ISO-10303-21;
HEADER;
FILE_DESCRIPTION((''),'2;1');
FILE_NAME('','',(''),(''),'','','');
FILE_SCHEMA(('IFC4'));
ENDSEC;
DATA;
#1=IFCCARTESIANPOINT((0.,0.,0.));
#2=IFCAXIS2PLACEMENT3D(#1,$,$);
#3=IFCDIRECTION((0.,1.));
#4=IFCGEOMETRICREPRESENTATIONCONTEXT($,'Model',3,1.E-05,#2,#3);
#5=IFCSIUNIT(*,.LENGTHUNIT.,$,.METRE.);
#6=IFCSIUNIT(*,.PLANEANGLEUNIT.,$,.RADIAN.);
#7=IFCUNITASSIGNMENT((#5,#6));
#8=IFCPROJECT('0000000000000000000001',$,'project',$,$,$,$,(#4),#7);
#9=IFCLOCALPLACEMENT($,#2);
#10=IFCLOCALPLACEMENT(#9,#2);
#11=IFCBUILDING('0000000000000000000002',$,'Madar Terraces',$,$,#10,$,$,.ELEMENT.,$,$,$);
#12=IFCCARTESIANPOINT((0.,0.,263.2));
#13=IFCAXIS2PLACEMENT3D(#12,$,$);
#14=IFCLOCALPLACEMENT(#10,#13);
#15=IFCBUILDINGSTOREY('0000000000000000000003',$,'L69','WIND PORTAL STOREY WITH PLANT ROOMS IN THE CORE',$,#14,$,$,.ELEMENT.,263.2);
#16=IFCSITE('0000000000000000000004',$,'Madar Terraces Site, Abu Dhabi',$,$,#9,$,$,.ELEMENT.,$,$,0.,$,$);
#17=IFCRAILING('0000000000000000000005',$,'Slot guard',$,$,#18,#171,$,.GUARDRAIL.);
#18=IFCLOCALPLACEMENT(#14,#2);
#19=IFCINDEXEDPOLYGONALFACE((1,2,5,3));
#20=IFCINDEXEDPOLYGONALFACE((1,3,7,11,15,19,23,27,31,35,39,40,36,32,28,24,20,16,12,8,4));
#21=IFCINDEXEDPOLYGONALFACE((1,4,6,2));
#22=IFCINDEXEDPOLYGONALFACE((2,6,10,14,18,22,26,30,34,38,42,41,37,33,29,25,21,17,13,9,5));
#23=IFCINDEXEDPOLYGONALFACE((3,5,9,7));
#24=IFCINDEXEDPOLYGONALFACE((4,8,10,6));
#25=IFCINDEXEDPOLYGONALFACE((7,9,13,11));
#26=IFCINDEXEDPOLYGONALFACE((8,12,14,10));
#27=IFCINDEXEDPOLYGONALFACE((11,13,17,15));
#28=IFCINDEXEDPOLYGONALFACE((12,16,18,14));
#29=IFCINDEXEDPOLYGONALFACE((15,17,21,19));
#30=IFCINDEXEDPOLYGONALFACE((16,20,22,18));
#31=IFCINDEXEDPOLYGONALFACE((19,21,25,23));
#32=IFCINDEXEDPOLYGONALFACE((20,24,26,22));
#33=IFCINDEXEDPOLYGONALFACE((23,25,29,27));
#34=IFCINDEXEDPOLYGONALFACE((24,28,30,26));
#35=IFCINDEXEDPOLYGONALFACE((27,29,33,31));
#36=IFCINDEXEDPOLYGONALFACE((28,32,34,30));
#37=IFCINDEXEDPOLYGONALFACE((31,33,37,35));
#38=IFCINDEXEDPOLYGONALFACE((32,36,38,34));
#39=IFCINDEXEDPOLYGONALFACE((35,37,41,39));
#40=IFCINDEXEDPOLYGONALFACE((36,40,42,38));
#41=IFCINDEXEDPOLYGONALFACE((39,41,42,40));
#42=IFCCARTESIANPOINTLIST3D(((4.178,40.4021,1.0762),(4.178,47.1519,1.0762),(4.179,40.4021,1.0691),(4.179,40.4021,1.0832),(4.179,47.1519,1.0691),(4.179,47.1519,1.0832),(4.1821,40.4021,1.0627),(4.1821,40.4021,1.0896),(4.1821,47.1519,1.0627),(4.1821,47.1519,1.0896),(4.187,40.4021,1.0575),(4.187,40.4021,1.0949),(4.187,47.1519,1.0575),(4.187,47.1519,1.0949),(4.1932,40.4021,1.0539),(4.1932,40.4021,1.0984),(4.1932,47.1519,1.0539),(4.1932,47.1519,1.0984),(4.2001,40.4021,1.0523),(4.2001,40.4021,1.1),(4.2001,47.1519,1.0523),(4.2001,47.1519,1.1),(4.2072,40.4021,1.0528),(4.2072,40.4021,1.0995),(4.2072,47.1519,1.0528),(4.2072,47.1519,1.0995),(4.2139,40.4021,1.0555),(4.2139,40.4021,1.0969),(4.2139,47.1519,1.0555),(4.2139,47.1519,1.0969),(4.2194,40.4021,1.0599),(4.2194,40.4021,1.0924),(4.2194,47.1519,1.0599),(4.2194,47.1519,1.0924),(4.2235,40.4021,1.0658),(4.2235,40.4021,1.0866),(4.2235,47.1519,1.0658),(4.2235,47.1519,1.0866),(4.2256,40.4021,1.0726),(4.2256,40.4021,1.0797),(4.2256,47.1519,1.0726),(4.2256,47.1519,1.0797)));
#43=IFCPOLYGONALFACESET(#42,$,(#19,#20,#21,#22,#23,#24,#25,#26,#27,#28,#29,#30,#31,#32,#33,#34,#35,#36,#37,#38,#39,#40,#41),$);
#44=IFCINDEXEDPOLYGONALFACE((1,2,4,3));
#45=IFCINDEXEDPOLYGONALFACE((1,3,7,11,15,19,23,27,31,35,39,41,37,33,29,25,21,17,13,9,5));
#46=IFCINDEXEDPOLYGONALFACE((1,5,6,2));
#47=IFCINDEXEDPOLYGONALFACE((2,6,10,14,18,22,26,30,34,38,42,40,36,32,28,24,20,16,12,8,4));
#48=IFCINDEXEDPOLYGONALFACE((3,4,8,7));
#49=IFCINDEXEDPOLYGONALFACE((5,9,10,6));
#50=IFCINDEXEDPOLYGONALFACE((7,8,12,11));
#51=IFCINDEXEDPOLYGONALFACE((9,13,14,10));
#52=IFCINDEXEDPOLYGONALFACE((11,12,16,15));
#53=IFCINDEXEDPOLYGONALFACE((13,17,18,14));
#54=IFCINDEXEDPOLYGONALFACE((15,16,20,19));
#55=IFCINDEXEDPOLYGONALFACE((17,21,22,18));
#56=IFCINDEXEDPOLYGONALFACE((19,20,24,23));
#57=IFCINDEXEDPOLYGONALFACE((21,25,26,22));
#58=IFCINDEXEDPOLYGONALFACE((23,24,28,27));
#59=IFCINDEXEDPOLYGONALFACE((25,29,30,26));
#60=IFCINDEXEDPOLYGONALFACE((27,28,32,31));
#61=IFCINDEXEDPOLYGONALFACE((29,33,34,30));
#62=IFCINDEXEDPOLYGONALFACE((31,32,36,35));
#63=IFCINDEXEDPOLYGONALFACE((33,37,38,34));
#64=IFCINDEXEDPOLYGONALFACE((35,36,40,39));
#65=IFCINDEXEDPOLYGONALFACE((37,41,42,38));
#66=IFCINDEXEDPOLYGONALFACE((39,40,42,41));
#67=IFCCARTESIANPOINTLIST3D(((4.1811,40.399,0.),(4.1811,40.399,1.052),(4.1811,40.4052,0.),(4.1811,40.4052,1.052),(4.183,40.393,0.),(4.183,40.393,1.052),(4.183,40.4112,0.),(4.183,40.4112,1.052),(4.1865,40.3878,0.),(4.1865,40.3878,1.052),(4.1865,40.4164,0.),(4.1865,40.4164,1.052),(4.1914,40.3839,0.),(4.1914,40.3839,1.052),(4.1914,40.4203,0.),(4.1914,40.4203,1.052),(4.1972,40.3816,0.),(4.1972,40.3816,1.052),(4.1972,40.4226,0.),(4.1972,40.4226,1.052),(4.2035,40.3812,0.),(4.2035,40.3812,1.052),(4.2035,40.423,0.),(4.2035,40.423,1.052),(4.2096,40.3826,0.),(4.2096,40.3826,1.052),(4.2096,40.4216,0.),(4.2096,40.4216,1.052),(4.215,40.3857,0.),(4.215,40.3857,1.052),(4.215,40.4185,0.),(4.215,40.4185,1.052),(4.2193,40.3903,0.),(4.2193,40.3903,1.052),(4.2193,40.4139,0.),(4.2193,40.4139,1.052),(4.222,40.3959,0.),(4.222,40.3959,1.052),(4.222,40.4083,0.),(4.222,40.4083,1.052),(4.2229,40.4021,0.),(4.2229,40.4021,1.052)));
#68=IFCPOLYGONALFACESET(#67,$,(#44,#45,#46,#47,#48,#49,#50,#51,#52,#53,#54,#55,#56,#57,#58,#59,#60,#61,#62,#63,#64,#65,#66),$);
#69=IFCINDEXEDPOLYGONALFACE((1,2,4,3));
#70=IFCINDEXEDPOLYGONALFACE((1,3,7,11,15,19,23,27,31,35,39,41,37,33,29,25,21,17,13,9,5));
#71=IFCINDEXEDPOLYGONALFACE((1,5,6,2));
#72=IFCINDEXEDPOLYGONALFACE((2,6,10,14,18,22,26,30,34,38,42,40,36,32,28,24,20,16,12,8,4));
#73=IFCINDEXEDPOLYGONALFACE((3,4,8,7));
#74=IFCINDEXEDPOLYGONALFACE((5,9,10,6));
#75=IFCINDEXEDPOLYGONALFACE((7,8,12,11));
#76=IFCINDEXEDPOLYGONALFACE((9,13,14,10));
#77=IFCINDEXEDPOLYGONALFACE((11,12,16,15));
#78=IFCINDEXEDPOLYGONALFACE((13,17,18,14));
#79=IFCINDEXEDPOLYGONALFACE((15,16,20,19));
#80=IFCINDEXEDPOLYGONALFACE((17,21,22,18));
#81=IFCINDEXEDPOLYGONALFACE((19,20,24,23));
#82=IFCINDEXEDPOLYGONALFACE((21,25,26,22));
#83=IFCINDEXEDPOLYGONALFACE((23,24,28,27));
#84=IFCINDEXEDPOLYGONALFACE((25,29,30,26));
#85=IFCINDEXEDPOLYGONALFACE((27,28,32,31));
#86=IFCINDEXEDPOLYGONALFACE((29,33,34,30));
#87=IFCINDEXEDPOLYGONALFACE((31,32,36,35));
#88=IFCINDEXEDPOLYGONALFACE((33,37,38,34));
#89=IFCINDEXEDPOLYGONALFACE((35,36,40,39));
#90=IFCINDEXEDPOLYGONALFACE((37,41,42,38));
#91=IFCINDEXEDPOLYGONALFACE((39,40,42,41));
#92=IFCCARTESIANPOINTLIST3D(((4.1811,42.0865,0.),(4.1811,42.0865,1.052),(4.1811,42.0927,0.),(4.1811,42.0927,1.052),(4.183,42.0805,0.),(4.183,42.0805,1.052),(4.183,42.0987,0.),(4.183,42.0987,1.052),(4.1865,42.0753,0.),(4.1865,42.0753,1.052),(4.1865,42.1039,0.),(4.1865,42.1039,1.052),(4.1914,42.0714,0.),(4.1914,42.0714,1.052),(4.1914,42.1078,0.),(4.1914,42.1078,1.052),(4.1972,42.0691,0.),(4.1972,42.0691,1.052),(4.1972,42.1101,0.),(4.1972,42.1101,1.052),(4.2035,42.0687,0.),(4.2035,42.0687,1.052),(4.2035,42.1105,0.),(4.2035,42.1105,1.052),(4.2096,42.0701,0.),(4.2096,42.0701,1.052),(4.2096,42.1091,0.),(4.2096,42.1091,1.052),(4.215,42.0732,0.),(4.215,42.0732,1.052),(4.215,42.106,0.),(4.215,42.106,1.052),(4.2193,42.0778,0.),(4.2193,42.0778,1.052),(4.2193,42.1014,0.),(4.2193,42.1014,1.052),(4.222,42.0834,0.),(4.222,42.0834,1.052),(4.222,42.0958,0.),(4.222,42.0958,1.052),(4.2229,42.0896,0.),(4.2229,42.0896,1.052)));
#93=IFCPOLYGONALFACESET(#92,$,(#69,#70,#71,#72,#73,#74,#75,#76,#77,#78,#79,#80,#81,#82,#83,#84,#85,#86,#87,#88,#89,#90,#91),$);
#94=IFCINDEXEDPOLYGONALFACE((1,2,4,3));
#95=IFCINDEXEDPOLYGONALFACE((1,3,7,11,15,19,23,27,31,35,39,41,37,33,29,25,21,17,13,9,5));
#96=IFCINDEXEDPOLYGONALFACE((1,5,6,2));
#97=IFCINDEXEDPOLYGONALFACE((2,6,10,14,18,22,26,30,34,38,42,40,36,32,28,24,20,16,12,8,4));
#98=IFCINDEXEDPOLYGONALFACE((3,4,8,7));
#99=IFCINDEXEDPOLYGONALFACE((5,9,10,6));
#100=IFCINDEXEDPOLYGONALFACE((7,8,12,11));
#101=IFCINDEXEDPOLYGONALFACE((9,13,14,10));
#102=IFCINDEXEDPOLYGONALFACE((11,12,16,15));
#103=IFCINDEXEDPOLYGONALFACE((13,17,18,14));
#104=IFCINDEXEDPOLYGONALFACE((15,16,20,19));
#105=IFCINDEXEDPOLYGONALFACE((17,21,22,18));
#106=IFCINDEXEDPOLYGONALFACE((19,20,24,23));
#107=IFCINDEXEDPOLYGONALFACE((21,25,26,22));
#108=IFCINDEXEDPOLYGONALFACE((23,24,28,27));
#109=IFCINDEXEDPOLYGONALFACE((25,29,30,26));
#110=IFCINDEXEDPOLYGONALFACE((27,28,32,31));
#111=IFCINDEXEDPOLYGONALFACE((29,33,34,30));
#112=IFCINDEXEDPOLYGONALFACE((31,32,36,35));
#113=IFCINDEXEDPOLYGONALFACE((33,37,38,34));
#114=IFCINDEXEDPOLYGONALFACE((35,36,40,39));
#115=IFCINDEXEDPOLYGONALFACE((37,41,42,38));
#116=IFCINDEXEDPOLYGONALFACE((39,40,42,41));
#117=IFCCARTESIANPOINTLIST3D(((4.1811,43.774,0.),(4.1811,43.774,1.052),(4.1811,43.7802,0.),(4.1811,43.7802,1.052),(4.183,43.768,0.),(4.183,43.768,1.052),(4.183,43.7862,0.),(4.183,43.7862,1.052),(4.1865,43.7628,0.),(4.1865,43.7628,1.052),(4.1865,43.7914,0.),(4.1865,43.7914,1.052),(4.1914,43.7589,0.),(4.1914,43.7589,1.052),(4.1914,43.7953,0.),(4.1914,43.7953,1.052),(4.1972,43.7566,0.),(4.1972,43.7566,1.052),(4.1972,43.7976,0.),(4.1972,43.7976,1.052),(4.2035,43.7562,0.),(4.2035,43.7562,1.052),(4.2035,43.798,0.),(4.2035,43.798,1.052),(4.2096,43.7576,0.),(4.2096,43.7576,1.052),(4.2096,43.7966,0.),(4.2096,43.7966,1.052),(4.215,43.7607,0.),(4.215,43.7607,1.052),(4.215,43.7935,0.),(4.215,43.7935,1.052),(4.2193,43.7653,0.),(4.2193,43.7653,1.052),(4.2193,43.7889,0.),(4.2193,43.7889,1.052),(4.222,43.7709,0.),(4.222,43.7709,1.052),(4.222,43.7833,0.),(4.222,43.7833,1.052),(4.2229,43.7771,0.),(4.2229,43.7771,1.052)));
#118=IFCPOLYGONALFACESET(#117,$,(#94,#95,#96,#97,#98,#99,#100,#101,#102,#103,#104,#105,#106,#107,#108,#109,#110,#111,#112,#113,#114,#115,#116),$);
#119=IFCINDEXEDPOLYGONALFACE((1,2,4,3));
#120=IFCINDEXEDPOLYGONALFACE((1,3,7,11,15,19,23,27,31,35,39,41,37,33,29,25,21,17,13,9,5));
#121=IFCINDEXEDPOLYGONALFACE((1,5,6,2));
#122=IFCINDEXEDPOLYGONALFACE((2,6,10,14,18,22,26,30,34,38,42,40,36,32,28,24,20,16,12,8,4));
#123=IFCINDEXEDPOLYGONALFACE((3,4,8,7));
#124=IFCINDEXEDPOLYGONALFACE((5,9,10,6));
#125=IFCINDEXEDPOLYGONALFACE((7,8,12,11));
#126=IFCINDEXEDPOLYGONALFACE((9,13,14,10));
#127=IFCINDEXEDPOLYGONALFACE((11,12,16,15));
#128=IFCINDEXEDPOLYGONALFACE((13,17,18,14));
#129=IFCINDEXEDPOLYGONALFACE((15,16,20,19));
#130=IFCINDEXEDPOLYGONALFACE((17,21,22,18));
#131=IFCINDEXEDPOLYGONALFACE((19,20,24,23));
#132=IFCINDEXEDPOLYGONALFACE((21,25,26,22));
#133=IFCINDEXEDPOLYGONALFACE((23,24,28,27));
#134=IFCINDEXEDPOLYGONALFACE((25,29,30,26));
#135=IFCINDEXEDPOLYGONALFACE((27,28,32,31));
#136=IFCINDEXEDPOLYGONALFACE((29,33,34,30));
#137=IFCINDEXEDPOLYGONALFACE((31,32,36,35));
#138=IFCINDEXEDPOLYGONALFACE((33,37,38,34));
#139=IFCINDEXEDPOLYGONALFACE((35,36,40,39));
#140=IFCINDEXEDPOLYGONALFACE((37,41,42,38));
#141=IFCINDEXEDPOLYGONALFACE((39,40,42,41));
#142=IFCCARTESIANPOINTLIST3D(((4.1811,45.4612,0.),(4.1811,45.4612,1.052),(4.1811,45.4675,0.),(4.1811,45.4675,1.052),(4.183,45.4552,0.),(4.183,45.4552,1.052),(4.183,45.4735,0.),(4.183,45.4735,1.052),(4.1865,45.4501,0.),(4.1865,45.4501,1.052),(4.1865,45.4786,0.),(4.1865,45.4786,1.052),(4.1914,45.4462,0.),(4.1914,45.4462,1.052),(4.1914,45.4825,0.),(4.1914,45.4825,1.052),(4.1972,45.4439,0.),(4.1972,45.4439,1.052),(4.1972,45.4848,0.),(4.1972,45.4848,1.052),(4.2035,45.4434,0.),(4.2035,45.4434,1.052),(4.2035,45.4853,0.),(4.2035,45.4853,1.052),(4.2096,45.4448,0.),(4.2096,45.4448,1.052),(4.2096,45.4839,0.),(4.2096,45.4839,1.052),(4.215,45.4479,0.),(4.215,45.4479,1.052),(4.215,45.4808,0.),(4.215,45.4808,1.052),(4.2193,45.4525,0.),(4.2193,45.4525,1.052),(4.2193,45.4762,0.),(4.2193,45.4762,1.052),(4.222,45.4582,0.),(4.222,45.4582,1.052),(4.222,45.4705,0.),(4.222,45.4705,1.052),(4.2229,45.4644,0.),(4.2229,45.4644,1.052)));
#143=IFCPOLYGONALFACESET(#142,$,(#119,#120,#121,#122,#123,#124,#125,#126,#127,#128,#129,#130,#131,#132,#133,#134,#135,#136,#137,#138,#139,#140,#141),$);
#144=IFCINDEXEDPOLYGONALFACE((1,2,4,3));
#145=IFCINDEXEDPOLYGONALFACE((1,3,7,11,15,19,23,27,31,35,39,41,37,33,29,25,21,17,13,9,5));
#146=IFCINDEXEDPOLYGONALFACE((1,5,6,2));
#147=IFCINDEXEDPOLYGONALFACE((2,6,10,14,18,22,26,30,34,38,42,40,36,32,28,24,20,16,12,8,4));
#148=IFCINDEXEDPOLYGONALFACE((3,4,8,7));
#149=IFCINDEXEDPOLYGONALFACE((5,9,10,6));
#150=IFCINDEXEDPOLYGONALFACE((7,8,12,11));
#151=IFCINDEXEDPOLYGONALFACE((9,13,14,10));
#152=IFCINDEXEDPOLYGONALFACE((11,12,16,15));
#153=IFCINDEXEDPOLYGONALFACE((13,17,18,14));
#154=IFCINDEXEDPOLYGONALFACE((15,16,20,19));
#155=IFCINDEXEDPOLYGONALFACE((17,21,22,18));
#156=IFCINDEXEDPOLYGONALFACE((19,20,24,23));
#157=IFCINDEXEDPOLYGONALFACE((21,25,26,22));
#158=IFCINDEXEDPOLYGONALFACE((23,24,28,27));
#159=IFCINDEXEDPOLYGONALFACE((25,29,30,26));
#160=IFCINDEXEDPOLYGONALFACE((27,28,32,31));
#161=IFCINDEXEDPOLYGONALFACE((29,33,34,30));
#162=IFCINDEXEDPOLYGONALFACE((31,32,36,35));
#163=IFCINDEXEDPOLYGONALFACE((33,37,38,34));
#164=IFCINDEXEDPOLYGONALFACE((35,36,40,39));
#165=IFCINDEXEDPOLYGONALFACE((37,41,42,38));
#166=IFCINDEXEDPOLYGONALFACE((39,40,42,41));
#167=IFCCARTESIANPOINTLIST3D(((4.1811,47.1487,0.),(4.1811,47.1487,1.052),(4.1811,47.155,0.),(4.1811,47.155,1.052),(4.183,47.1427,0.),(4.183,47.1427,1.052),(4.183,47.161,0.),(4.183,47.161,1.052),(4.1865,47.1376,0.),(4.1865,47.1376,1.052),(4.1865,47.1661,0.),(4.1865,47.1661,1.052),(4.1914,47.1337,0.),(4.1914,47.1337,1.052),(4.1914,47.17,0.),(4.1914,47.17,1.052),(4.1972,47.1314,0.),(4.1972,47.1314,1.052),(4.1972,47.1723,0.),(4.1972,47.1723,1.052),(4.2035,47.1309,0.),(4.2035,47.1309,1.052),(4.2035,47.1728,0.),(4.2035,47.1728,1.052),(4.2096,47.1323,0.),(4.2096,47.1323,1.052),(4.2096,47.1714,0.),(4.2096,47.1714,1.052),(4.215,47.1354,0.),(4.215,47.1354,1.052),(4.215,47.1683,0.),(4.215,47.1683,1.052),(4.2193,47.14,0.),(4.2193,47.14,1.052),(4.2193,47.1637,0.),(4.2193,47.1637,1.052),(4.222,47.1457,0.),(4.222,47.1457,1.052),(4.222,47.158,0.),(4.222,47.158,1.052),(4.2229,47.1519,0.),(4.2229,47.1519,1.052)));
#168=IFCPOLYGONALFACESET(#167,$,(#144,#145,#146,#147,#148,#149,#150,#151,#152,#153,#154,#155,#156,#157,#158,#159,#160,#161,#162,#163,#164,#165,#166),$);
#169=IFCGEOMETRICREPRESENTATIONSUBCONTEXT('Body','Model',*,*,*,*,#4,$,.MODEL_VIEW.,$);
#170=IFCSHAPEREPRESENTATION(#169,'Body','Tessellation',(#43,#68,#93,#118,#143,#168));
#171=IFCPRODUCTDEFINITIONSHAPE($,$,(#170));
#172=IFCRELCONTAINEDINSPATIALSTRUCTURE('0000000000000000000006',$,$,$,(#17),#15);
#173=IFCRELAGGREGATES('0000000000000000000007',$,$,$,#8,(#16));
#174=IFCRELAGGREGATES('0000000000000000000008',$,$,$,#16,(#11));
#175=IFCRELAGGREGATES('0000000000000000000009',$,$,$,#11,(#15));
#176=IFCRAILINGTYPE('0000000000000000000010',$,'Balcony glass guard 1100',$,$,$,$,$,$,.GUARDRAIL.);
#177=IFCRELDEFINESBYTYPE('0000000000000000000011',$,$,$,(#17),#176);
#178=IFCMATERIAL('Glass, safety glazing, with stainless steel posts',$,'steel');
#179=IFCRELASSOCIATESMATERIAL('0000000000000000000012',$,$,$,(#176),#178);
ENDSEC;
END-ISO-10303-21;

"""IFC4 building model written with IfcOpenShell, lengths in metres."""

from ifc_helpers import new_model, si_unit, direction, frame, origin, origin_2d, place, context, subcontext, project, spatial, circle, extrude, material, type_object, element, save


model = new_model("IFC4")

# Units and contexts
model_context = context("Model", 3, precision=1e-05, world=origin(), true_north=direction((0.0, 1.0)))
body_context = subcontext(model_context, "Body", "Model", "MODEL_VIEW")
ifc_project = project(units=[si_unit("LENGTHUNIT", "METRE"), si_unit("PLANEANGLEUNIT", "RADIAN")], contexts=[model_context])

# Site, building, storey
site_placement = place(None, origin())
site = spatial("IfcSite", under=ifc_project, at=site_placement, Name="Madar Terraces Site, Abu Dhabi", CompositionType="ELEMENT", RefElevation=0.0)
building_placement = place(site_placement, origin())
building = spatial("IfcBuilding", under=site, at=building_placement, Name="Madar Terraces", CompositionType="ELEMENT")
storey_placement = place(building_placement, frame((0.0, 0.0, 263.2)))
storey = spatial("IfcBuildingStorey", under=building, at=storey_placement, Name="L69", Description="WIND PORTAL STOREY WITH PLANT ROOMS IN THE CORE", CompositionType="ELEMENT", Elevation=263.2)

# Railing
ifc_material_1 = material(Name="Glass, safety glazing, with stainless steel posts", Category="steel")
railing_type = type_object("IfcRailingType", Name="Balcony glass guard 1100", PredefinedType="GUARDRAIL", material=ifc_material_1)
for number, where, name in (
    (1, (4.2019, 40.4021, 0.0), "Slot guard"),
):
    element("IfcRailing", number, at=place(storey_placement, frame(where)), inside=storey, type_object=railing_type, Name=name, PredefinedType="GUARDRAIL", context=body_context, shape_type="SweptSolid", body=[
        extrude(circle(Radius=0.0239, at=origin_2d()), frame((0.0, 0.0, 1.0762), z_axis=(0.0, 1.0, 0.0), x_axis=(-1.0, 0.0, 0.0)), (0.0, 0.0, 1.0), 6.7498),
        extrude(circle(Radius=0.021, at=origin_2d()), origin(), (0.0, 0.0, 1.0), 1.052),
        extrude(circle(Radius=0.021, at=origin_2d()), frame((0.0, 1.6875, 0.0)), (0.0, 0.0, 1.0), 1.052),
        extrude(circle(Radius=0.021, at=origin_2d()), frame((0.0, 3.375, 0.0)), (0.0, 0.0, 1.0), 1.052),
        extrude(circle(Radius=0.021, at=origin_2d()), frame((0.0, 5.0623, 0.0)), (0.0, 0.0, 1.0), 1.052),
        extrude(circle(Radius=0.021, at=origin_2d()), frame((0.0, 6.7498, 0.0)), (0.0, 0.0, 1.0), 1.052),
    ])

save(model, "model.ifc")
